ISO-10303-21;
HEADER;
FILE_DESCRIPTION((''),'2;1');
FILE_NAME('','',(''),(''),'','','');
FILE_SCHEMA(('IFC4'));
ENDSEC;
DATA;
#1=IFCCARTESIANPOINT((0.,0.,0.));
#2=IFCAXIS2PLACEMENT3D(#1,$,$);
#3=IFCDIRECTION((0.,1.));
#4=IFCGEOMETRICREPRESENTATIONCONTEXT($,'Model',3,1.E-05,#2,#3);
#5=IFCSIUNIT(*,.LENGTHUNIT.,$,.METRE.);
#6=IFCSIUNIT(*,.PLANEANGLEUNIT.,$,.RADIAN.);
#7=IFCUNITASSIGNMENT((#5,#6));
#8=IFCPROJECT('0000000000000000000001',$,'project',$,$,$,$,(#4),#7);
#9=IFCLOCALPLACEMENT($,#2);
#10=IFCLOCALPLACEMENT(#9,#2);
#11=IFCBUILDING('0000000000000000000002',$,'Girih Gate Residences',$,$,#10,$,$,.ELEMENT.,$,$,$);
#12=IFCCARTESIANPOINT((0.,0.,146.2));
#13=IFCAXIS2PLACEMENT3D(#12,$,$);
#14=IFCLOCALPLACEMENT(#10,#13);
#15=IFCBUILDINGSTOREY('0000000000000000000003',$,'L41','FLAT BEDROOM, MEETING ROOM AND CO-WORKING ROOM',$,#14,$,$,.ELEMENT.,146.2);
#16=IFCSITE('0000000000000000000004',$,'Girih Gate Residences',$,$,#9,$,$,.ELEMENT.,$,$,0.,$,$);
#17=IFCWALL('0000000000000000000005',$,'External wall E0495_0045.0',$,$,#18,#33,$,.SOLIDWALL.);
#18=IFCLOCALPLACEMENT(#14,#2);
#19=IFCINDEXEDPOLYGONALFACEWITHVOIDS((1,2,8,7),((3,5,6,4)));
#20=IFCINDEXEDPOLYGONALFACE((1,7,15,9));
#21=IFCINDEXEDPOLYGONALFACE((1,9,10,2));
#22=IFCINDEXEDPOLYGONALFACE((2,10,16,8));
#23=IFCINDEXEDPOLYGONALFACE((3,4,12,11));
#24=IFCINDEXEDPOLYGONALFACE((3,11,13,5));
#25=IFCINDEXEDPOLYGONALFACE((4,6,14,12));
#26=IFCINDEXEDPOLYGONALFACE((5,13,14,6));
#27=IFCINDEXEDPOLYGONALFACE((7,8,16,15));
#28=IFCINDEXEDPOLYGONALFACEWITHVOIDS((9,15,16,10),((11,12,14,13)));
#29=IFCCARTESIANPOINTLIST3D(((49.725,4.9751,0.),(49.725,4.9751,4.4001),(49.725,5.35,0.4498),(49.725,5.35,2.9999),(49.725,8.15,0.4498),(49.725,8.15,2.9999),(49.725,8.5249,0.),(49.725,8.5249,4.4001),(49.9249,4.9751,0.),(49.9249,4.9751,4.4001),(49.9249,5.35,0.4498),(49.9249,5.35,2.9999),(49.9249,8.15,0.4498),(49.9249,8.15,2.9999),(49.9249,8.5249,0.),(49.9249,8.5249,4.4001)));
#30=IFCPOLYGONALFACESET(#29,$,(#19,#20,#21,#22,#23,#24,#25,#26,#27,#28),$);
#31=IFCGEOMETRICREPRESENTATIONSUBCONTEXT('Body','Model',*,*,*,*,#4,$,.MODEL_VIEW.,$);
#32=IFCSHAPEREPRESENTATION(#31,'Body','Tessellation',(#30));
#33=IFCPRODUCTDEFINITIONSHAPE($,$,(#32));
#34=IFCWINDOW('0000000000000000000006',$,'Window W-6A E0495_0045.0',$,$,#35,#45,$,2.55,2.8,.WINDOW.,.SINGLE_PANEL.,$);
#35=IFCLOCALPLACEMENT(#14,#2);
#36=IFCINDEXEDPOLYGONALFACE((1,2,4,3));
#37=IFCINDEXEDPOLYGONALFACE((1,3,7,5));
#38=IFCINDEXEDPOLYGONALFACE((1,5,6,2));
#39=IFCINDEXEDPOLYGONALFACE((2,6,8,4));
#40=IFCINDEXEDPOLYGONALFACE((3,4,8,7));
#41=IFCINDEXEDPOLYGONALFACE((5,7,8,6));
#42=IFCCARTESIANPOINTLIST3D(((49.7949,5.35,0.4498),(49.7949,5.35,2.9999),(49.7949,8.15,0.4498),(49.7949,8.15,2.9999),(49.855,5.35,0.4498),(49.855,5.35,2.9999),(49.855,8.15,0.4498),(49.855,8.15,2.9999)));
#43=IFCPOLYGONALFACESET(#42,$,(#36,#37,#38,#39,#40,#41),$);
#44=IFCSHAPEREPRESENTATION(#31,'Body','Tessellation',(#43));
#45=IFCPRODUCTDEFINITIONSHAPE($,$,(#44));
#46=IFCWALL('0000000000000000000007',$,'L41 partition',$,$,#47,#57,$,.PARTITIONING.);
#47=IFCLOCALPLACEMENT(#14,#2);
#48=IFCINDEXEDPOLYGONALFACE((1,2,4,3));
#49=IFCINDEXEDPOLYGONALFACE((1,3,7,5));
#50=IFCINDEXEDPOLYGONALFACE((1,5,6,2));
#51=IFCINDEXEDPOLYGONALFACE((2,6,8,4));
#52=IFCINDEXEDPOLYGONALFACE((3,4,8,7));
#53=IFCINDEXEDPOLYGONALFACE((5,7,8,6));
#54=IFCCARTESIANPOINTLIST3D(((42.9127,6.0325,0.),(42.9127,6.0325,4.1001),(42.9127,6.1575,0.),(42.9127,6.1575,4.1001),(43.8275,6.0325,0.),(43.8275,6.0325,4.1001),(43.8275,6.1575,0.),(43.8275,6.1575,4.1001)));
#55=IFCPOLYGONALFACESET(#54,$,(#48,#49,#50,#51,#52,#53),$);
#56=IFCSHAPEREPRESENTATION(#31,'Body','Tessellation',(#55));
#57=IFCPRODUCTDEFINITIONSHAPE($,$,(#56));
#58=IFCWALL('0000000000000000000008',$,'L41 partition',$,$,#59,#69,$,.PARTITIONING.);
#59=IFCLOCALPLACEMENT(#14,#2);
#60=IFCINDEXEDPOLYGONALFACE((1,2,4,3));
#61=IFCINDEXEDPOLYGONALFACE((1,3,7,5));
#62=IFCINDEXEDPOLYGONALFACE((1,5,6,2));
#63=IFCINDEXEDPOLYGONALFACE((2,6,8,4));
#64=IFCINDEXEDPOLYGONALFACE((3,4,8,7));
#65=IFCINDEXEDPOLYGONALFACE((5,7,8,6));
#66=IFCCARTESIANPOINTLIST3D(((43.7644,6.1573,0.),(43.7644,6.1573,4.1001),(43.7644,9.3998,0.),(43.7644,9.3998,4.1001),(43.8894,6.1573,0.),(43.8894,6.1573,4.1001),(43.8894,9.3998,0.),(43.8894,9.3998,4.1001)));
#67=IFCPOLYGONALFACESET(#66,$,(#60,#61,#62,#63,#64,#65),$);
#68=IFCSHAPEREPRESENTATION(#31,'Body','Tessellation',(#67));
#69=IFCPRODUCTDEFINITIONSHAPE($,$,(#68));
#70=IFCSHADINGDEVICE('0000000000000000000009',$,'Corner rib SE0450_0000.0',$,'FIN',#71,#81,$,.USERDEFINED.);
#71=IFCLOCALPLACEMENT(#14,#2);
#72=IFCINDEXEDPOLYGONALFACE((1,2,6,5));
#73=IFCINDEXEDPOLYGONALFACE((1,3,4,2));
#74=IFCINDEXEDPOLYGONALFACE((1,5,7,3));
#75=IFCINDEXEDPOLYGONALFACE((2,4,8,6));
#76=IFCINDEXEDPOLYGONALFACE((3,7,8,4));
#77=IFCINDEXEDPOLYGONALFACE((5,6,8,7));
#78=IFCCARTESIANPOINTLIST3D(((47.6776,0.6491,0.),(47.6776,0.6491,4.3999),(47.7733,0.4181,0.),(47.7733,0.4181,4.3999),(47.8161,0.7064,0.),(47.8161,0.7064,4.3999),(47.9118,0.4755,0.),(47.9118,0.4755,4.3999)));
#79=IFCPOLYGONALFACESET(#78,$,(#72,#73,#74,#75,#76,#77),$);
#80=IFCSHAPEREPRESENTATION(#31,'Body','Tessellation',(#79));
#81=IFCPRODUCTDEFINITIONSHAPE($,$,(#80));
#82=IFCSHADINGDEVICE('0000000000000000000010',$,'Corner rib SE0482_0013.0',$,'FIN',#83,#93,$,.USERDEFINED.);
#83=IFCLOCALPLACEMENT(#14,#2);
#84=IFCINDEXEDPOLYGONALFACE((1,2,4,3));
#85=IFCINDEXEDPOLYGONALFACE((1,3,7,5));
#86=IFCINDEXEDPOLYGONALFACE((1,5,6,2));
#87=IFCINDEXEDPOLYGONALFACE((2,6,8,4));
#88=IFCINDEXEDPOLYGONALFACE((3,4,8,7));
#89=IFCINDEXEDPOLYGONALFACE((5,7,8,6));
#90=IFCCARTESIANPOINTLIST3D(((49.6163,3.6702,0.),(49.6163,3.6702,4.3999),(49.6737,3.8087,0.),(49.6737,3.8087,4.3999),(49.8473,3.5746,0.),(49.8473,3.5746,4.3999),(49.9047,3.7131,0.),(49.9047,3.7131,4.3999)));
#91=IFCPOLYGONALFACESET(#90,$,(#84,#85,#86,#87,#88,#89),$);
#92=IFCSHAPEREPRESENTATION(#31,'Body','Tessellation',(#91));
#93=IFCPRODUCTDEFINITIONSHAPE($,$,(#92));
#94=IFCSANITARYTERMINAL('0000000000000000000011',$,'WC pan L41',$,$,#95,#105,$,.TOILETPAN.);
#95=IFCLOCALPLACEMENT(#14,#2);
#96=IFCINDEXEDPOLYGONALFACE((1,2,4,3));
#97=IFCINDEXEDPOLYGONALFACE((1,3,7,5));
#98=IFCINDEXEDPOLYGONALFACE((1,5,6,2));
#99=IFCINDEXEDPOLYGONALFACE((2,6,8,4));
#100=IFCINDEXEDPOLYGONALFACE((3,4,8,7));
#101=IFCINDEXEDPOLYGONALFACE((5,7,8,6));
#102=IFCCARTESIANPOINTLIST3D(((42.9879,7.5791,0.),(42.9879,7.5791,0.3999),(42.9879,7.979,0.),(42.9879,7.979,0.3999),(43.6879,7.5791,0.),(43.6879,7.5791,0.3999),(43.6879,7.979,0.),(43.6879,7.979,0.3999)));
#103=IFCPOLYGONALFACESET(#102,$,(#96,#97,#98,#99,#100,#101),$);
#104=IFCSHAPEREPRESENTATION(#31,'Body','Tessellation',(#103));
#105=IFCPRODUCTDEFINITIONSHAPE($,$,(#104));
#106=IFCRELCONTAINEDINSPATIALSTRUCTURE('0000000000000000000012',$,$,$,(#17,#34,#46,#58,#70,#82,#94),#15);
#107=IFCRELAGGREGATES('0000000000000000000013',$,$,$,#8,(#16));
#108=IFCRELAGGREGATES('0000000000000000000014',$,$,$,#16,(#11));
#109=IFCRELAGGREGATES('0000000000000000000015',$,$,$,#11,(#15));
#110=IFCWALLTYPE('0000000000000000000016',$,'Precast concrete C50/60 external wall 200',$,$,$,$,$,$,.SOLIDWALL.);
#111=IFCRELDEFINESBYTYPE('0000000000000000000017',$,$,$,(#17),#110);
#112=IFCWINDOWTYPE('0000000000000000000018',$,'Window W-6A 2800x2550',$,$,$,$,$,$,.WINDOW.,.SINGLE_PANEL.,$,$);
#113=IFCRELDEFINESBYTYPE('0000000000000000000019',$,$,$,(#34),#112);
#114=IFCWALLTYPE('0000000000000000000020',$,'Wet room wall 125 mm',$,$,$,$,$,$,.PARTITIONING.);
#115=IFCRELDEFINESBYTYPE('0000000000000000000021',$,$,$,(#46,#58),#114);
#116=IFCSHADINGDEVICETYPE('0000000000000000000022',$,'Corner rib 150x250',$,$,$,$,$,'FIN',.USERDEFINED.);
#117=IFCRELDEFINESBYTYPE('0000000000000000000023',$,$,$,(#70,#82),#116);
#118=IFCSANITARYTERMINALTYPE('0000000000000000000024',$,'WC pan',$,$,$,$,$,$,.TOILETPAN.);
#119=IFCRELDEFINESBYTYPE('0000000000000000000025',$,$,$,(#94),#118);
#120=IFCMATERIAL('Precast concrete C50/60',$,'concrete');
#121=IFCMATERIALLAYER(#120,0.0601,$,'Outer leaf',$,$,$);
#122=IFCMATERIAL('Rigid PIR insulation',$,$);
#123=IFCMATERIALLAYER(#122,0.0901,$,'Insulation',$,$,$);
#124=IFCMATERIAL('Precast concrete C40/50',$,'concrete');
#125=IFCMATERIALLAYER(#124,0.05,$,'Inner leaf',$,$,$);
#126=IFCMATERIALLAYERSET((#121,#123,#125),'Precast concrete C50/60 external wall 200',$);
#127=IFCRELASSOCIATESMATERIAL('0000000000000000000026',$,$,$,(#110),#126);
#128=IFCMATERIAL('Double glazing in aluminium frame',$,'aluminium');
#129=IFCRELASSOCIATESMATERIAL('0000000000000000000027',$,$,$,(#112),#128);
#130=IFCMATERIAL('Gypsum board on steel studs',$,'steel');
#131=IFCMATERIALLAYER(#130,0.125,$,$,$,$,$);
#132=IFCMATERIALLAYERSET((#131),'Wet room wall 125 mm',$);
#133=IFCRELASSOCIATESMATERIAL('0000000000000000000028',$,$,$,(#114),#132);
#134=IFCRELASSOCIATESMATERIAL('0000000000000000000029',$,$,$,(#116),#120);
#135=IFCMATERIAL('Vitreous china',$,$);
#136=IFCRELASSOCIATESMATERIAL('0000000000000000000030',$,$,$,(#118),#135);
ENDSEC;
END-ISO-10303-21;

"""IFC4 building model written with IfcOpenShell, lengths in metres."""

from ifc_helpers import new_model, si_unit, direction, frame, frame_2d, origin, origin_2d, place, context, subcontext, project, spatial, rectangle, extrude, material, layer, layer_set, type_object, element, fill, save


model = new_model("IFC4")

# Units and contexts
model_context = context("Model", 3, precision=1e-05, world=origin(), true_north=direction((0.0, 1.0)))
body_context = subcontext(model_context, "Body", "Model", "MODEL_VIEW")
ifc_project = project(units=[si_unit("LENGTHUNIT", "METRE"), si_unit("PLANEANGLEUNIT", "RADIAN")], contexts=[model_context])

# Site, building, storey
site_placement = place(None, origin())
site = spatial("IfcSite", under=ifc_project, at=site_placement, Name="Girih Gate Residences", CompositionType="ELEMENT", RefElevation=0.0)
building_placement = place(site_placement, origin())
building = spatial("IfcBuilding", under=site, at=building_placement, Name="Girih Gate Residences", CompositionType="ELEMENT")
storey_placement = place(building_placement, frame((0.0, 0.0, 146.2)))
storey = spatial("IfcBuildingStorey", under=building, at=storey_placement, Name="L41", Description="FLAT BEDROOM, MEETING ROOM AND CO-WORKING ROOM", CompositionType="ELEMENT", Elevation=146.2)

# Shared definitions
ifc_material_1 = material(Name="Gypsum board on steel studs", Category="steel")

# Wall, opening, window
ifc_material_2 = material(Name="Precast concrete C50/60", Category="concrete")
ifc_layer_1 = layer(ifc_material_2, 0.0601, Name="Outer leaf")
ifc_material_3 = material(Name="Rigid PIR insulation")
ifc_layer_2 = layer(ifc_material_3, 0.0901, Name="Insulation")
ifc_material_4 = material(Name="Precast concrete C40/50", Category="concrete")
ifc_layer_3 = layer(ifc_material_4, 0.05, Name="Inner leaf")
ifc_layer_set_1 = layer_set([ifc_layer_1, ifc_layer_2, ifc_layer_3], Name="Precast concrete C50/60 external wall 200")
wall_type_1 = type_object("IfcWallType", Name="Precast concrete C50/60 external wall 200", PredefinedType="SOLIDWALL", material=ifc_layer_set_1)
ifc_material_5 = material(Name="Double glazing in aluminium frame", Category="aluminium")
window_type_1 = type_object("IfcWindowType", Name="Window W-6A 2800x2550", PartitioningType="SINGLE_PANEL", PredefinedType="WINDOW", material=ifc_material_5)
wall_1_placement = place(storey_placement, frame((49.825, 8.5249, 0.0), z_axis=(0.0, 0.0, 1.0), x_axis=(0.0, -1.0, 0.0)))
wall_1 = element("IfcWall", 1, at=wall_1_placement, inside=storey, type_object=wall_type_1, Name="External wall E0495_0045.0", PredefinedType="SOLIDWALL", context=body_context, shape_type="SweptSolid", body=[
    extrude(rectangle(XDim=3.5498, YDim=0.2, at=frame_2d((1.7749, 0.0))), origin(), (0.0, 0.0, 1.0), 4.4001),
])
opening_1_placement = place(wall_1_placement, frame((0.375, 0.0, 0.45)))
opening_1 = element("IfcOpeningElement", 2, at=opening_1_placement, cuts=wall_1, PredefinedType="OPENING", context=body_context, shape_type="SweptSolid", body=[
    extrude(rectangle(XDim=2.8, YDim=2.55, at=frame_2d((1.3999, 1.2749))), frame((0.0, 0.1099, 0.0), z_axis=(0.0, -1.0, 0.0), x_axis=(1.0, 0.0, 0.0)), (0.0, 0.0, 1.0), 0.22),
])
window_1_placement = place(opening_1_placement, origin())
window_1 = element("IfcWindow", 3, at=window_1_placement, inside=storey, type_object=window_type_1, Name="Window W-6A E0495_0045.0", OverallHeight=2.55, OverallWidth=2.8, PartitioningType="SINGLE_PANEL", PredefinedType="WINDOW", context=body_context, shape_type="SweptSolid", body=[
    extrude(rectangle(XDim=2.8, YDim=2.55, at=frame_2d((1.3999, 1.2749))), frame((0.0, 0.03, 0.0), z_axis=(0.0, -1.0, 0.0), x_axis=(1.0, 0.0, 0.0)), (0.0, 0.0, 1.0), 0.0601),
])
fill(opening_1, window_1)

# Walls
ifc_layer_4 = layer(ifc_material_1, 0.125)
ifc_layer_set_2 = layer_set([ifc_layer_4], Name="Wet room wall 125 mm")
wall_type_2 = type_object("IfcWallType", Name="Wet room wall 125 mm", PredefinedType="PARTITIONING", material=ifc_layer_set_2)
wall_2_placement = place(storey_placement, frame((42.9126, 6.095, 0.0), z_axis=(0.0, 0.0, 1.0), x_axis=(1.0, 0.0, 0.0)))
element("IfcWall", 4, at=wall_2_placement, inside=storey, type_object=wall_type_2, Name="L41 partition", PredefinedType="PARTITIONING", context=body_context, shape_type="SweptSolid", body=[
    extrude(rectangle(XDim=0.9148, YDim=0.125, at=frame_2d((0.4575, 0.0))), origin(), (0.0, 0.0, 1.0), 4.1001),
])
wall_3_placement = place(storey_placement, frame((43.8269, 6.1575, 0.0), z_axis=(0.0, 0.0, 1.0), x_axis=(0.0, 1.0, 0.0)))
element("IfcWall", 5, at=wall_3_placement, inside=storey, type_object=wall_type_2, Name="L41 partition", PredefinedType="PARTITIONING", context=body_context, shape_type="SweptSolid", body=[
    extrude(rectangle(XDim=3.2424, YDim=0.125, at=frame_2d((1.6211, 0.0))), origin(), (0.0, 0.0, 1.0), 4.1001),
])

# Shading devices
shading_device_type = type_object("IfcShadingDeviceType", Name="Corner rib 150x250", ElementType="FIN", PredefinedType="USERDEFINED", material=ifc_material_2)
for number, where, z_axis, x_axis, name in (
    (6, (47.7947, 0.5623, 0.0), (0.0, 0.0, 1.0), (0.92388, 0.382683, 0.0), "Corner rib SE0450_0000.0"),
    (7, (49.7605, 3.6917, 0.0), (0.0, 0.0, 1.0), (0.382683, 0.92388, 0.0), "Corner rib SE0482_0013.0"),
):
    element("IfcShadingDevice", number, at=place(storey_placement, frame(where, z_axis=z_axis, x_axis=x_axis)), inside=storey, type_object=shading_device_type, Name=name, ObjectType="FIN", PredefinedType="USERDEFINED", context=body_context, shape_type="SweptSolid", body=[
        extrude(rectangle(XDim=0.1499, YDim=0.25, at=origin_2d()), origin(), (0.0, 0.0, 1.0), 4.3999),
    ])

# Sanitary terminal
ifc_material_6 = material(Name="Vitreous china")
sanitary_terminal_type = type_object("IfcSanitaryTerminalType", Name="WC pan", PredefinedType="TOILETPAN", material=ifc_material_6)
sanitary_terminal_placement = place(storey_placement, frame((43.3379, 7.7791, 0.0), z_axis=(0.0, 0.0, 1.0), x_axis=(1.0, 0.0, 0.0)))
element("IfcSanitaryTerminal", 8, at=sanitary_terminal_placement, inside=storey, type_object=sanitary_terminal_type, Name="WC pan L41", PredefinedType="TOILETPAN", context=body_context, shape_type="SweptSolid", body=[
    extrude(rectangle(XDim=0.7, YDim=0.3999, at=origin_2d()), origin(), (0.0, 0.0, 1.0), 0.3999),
])

save(model, "model.ifc")
